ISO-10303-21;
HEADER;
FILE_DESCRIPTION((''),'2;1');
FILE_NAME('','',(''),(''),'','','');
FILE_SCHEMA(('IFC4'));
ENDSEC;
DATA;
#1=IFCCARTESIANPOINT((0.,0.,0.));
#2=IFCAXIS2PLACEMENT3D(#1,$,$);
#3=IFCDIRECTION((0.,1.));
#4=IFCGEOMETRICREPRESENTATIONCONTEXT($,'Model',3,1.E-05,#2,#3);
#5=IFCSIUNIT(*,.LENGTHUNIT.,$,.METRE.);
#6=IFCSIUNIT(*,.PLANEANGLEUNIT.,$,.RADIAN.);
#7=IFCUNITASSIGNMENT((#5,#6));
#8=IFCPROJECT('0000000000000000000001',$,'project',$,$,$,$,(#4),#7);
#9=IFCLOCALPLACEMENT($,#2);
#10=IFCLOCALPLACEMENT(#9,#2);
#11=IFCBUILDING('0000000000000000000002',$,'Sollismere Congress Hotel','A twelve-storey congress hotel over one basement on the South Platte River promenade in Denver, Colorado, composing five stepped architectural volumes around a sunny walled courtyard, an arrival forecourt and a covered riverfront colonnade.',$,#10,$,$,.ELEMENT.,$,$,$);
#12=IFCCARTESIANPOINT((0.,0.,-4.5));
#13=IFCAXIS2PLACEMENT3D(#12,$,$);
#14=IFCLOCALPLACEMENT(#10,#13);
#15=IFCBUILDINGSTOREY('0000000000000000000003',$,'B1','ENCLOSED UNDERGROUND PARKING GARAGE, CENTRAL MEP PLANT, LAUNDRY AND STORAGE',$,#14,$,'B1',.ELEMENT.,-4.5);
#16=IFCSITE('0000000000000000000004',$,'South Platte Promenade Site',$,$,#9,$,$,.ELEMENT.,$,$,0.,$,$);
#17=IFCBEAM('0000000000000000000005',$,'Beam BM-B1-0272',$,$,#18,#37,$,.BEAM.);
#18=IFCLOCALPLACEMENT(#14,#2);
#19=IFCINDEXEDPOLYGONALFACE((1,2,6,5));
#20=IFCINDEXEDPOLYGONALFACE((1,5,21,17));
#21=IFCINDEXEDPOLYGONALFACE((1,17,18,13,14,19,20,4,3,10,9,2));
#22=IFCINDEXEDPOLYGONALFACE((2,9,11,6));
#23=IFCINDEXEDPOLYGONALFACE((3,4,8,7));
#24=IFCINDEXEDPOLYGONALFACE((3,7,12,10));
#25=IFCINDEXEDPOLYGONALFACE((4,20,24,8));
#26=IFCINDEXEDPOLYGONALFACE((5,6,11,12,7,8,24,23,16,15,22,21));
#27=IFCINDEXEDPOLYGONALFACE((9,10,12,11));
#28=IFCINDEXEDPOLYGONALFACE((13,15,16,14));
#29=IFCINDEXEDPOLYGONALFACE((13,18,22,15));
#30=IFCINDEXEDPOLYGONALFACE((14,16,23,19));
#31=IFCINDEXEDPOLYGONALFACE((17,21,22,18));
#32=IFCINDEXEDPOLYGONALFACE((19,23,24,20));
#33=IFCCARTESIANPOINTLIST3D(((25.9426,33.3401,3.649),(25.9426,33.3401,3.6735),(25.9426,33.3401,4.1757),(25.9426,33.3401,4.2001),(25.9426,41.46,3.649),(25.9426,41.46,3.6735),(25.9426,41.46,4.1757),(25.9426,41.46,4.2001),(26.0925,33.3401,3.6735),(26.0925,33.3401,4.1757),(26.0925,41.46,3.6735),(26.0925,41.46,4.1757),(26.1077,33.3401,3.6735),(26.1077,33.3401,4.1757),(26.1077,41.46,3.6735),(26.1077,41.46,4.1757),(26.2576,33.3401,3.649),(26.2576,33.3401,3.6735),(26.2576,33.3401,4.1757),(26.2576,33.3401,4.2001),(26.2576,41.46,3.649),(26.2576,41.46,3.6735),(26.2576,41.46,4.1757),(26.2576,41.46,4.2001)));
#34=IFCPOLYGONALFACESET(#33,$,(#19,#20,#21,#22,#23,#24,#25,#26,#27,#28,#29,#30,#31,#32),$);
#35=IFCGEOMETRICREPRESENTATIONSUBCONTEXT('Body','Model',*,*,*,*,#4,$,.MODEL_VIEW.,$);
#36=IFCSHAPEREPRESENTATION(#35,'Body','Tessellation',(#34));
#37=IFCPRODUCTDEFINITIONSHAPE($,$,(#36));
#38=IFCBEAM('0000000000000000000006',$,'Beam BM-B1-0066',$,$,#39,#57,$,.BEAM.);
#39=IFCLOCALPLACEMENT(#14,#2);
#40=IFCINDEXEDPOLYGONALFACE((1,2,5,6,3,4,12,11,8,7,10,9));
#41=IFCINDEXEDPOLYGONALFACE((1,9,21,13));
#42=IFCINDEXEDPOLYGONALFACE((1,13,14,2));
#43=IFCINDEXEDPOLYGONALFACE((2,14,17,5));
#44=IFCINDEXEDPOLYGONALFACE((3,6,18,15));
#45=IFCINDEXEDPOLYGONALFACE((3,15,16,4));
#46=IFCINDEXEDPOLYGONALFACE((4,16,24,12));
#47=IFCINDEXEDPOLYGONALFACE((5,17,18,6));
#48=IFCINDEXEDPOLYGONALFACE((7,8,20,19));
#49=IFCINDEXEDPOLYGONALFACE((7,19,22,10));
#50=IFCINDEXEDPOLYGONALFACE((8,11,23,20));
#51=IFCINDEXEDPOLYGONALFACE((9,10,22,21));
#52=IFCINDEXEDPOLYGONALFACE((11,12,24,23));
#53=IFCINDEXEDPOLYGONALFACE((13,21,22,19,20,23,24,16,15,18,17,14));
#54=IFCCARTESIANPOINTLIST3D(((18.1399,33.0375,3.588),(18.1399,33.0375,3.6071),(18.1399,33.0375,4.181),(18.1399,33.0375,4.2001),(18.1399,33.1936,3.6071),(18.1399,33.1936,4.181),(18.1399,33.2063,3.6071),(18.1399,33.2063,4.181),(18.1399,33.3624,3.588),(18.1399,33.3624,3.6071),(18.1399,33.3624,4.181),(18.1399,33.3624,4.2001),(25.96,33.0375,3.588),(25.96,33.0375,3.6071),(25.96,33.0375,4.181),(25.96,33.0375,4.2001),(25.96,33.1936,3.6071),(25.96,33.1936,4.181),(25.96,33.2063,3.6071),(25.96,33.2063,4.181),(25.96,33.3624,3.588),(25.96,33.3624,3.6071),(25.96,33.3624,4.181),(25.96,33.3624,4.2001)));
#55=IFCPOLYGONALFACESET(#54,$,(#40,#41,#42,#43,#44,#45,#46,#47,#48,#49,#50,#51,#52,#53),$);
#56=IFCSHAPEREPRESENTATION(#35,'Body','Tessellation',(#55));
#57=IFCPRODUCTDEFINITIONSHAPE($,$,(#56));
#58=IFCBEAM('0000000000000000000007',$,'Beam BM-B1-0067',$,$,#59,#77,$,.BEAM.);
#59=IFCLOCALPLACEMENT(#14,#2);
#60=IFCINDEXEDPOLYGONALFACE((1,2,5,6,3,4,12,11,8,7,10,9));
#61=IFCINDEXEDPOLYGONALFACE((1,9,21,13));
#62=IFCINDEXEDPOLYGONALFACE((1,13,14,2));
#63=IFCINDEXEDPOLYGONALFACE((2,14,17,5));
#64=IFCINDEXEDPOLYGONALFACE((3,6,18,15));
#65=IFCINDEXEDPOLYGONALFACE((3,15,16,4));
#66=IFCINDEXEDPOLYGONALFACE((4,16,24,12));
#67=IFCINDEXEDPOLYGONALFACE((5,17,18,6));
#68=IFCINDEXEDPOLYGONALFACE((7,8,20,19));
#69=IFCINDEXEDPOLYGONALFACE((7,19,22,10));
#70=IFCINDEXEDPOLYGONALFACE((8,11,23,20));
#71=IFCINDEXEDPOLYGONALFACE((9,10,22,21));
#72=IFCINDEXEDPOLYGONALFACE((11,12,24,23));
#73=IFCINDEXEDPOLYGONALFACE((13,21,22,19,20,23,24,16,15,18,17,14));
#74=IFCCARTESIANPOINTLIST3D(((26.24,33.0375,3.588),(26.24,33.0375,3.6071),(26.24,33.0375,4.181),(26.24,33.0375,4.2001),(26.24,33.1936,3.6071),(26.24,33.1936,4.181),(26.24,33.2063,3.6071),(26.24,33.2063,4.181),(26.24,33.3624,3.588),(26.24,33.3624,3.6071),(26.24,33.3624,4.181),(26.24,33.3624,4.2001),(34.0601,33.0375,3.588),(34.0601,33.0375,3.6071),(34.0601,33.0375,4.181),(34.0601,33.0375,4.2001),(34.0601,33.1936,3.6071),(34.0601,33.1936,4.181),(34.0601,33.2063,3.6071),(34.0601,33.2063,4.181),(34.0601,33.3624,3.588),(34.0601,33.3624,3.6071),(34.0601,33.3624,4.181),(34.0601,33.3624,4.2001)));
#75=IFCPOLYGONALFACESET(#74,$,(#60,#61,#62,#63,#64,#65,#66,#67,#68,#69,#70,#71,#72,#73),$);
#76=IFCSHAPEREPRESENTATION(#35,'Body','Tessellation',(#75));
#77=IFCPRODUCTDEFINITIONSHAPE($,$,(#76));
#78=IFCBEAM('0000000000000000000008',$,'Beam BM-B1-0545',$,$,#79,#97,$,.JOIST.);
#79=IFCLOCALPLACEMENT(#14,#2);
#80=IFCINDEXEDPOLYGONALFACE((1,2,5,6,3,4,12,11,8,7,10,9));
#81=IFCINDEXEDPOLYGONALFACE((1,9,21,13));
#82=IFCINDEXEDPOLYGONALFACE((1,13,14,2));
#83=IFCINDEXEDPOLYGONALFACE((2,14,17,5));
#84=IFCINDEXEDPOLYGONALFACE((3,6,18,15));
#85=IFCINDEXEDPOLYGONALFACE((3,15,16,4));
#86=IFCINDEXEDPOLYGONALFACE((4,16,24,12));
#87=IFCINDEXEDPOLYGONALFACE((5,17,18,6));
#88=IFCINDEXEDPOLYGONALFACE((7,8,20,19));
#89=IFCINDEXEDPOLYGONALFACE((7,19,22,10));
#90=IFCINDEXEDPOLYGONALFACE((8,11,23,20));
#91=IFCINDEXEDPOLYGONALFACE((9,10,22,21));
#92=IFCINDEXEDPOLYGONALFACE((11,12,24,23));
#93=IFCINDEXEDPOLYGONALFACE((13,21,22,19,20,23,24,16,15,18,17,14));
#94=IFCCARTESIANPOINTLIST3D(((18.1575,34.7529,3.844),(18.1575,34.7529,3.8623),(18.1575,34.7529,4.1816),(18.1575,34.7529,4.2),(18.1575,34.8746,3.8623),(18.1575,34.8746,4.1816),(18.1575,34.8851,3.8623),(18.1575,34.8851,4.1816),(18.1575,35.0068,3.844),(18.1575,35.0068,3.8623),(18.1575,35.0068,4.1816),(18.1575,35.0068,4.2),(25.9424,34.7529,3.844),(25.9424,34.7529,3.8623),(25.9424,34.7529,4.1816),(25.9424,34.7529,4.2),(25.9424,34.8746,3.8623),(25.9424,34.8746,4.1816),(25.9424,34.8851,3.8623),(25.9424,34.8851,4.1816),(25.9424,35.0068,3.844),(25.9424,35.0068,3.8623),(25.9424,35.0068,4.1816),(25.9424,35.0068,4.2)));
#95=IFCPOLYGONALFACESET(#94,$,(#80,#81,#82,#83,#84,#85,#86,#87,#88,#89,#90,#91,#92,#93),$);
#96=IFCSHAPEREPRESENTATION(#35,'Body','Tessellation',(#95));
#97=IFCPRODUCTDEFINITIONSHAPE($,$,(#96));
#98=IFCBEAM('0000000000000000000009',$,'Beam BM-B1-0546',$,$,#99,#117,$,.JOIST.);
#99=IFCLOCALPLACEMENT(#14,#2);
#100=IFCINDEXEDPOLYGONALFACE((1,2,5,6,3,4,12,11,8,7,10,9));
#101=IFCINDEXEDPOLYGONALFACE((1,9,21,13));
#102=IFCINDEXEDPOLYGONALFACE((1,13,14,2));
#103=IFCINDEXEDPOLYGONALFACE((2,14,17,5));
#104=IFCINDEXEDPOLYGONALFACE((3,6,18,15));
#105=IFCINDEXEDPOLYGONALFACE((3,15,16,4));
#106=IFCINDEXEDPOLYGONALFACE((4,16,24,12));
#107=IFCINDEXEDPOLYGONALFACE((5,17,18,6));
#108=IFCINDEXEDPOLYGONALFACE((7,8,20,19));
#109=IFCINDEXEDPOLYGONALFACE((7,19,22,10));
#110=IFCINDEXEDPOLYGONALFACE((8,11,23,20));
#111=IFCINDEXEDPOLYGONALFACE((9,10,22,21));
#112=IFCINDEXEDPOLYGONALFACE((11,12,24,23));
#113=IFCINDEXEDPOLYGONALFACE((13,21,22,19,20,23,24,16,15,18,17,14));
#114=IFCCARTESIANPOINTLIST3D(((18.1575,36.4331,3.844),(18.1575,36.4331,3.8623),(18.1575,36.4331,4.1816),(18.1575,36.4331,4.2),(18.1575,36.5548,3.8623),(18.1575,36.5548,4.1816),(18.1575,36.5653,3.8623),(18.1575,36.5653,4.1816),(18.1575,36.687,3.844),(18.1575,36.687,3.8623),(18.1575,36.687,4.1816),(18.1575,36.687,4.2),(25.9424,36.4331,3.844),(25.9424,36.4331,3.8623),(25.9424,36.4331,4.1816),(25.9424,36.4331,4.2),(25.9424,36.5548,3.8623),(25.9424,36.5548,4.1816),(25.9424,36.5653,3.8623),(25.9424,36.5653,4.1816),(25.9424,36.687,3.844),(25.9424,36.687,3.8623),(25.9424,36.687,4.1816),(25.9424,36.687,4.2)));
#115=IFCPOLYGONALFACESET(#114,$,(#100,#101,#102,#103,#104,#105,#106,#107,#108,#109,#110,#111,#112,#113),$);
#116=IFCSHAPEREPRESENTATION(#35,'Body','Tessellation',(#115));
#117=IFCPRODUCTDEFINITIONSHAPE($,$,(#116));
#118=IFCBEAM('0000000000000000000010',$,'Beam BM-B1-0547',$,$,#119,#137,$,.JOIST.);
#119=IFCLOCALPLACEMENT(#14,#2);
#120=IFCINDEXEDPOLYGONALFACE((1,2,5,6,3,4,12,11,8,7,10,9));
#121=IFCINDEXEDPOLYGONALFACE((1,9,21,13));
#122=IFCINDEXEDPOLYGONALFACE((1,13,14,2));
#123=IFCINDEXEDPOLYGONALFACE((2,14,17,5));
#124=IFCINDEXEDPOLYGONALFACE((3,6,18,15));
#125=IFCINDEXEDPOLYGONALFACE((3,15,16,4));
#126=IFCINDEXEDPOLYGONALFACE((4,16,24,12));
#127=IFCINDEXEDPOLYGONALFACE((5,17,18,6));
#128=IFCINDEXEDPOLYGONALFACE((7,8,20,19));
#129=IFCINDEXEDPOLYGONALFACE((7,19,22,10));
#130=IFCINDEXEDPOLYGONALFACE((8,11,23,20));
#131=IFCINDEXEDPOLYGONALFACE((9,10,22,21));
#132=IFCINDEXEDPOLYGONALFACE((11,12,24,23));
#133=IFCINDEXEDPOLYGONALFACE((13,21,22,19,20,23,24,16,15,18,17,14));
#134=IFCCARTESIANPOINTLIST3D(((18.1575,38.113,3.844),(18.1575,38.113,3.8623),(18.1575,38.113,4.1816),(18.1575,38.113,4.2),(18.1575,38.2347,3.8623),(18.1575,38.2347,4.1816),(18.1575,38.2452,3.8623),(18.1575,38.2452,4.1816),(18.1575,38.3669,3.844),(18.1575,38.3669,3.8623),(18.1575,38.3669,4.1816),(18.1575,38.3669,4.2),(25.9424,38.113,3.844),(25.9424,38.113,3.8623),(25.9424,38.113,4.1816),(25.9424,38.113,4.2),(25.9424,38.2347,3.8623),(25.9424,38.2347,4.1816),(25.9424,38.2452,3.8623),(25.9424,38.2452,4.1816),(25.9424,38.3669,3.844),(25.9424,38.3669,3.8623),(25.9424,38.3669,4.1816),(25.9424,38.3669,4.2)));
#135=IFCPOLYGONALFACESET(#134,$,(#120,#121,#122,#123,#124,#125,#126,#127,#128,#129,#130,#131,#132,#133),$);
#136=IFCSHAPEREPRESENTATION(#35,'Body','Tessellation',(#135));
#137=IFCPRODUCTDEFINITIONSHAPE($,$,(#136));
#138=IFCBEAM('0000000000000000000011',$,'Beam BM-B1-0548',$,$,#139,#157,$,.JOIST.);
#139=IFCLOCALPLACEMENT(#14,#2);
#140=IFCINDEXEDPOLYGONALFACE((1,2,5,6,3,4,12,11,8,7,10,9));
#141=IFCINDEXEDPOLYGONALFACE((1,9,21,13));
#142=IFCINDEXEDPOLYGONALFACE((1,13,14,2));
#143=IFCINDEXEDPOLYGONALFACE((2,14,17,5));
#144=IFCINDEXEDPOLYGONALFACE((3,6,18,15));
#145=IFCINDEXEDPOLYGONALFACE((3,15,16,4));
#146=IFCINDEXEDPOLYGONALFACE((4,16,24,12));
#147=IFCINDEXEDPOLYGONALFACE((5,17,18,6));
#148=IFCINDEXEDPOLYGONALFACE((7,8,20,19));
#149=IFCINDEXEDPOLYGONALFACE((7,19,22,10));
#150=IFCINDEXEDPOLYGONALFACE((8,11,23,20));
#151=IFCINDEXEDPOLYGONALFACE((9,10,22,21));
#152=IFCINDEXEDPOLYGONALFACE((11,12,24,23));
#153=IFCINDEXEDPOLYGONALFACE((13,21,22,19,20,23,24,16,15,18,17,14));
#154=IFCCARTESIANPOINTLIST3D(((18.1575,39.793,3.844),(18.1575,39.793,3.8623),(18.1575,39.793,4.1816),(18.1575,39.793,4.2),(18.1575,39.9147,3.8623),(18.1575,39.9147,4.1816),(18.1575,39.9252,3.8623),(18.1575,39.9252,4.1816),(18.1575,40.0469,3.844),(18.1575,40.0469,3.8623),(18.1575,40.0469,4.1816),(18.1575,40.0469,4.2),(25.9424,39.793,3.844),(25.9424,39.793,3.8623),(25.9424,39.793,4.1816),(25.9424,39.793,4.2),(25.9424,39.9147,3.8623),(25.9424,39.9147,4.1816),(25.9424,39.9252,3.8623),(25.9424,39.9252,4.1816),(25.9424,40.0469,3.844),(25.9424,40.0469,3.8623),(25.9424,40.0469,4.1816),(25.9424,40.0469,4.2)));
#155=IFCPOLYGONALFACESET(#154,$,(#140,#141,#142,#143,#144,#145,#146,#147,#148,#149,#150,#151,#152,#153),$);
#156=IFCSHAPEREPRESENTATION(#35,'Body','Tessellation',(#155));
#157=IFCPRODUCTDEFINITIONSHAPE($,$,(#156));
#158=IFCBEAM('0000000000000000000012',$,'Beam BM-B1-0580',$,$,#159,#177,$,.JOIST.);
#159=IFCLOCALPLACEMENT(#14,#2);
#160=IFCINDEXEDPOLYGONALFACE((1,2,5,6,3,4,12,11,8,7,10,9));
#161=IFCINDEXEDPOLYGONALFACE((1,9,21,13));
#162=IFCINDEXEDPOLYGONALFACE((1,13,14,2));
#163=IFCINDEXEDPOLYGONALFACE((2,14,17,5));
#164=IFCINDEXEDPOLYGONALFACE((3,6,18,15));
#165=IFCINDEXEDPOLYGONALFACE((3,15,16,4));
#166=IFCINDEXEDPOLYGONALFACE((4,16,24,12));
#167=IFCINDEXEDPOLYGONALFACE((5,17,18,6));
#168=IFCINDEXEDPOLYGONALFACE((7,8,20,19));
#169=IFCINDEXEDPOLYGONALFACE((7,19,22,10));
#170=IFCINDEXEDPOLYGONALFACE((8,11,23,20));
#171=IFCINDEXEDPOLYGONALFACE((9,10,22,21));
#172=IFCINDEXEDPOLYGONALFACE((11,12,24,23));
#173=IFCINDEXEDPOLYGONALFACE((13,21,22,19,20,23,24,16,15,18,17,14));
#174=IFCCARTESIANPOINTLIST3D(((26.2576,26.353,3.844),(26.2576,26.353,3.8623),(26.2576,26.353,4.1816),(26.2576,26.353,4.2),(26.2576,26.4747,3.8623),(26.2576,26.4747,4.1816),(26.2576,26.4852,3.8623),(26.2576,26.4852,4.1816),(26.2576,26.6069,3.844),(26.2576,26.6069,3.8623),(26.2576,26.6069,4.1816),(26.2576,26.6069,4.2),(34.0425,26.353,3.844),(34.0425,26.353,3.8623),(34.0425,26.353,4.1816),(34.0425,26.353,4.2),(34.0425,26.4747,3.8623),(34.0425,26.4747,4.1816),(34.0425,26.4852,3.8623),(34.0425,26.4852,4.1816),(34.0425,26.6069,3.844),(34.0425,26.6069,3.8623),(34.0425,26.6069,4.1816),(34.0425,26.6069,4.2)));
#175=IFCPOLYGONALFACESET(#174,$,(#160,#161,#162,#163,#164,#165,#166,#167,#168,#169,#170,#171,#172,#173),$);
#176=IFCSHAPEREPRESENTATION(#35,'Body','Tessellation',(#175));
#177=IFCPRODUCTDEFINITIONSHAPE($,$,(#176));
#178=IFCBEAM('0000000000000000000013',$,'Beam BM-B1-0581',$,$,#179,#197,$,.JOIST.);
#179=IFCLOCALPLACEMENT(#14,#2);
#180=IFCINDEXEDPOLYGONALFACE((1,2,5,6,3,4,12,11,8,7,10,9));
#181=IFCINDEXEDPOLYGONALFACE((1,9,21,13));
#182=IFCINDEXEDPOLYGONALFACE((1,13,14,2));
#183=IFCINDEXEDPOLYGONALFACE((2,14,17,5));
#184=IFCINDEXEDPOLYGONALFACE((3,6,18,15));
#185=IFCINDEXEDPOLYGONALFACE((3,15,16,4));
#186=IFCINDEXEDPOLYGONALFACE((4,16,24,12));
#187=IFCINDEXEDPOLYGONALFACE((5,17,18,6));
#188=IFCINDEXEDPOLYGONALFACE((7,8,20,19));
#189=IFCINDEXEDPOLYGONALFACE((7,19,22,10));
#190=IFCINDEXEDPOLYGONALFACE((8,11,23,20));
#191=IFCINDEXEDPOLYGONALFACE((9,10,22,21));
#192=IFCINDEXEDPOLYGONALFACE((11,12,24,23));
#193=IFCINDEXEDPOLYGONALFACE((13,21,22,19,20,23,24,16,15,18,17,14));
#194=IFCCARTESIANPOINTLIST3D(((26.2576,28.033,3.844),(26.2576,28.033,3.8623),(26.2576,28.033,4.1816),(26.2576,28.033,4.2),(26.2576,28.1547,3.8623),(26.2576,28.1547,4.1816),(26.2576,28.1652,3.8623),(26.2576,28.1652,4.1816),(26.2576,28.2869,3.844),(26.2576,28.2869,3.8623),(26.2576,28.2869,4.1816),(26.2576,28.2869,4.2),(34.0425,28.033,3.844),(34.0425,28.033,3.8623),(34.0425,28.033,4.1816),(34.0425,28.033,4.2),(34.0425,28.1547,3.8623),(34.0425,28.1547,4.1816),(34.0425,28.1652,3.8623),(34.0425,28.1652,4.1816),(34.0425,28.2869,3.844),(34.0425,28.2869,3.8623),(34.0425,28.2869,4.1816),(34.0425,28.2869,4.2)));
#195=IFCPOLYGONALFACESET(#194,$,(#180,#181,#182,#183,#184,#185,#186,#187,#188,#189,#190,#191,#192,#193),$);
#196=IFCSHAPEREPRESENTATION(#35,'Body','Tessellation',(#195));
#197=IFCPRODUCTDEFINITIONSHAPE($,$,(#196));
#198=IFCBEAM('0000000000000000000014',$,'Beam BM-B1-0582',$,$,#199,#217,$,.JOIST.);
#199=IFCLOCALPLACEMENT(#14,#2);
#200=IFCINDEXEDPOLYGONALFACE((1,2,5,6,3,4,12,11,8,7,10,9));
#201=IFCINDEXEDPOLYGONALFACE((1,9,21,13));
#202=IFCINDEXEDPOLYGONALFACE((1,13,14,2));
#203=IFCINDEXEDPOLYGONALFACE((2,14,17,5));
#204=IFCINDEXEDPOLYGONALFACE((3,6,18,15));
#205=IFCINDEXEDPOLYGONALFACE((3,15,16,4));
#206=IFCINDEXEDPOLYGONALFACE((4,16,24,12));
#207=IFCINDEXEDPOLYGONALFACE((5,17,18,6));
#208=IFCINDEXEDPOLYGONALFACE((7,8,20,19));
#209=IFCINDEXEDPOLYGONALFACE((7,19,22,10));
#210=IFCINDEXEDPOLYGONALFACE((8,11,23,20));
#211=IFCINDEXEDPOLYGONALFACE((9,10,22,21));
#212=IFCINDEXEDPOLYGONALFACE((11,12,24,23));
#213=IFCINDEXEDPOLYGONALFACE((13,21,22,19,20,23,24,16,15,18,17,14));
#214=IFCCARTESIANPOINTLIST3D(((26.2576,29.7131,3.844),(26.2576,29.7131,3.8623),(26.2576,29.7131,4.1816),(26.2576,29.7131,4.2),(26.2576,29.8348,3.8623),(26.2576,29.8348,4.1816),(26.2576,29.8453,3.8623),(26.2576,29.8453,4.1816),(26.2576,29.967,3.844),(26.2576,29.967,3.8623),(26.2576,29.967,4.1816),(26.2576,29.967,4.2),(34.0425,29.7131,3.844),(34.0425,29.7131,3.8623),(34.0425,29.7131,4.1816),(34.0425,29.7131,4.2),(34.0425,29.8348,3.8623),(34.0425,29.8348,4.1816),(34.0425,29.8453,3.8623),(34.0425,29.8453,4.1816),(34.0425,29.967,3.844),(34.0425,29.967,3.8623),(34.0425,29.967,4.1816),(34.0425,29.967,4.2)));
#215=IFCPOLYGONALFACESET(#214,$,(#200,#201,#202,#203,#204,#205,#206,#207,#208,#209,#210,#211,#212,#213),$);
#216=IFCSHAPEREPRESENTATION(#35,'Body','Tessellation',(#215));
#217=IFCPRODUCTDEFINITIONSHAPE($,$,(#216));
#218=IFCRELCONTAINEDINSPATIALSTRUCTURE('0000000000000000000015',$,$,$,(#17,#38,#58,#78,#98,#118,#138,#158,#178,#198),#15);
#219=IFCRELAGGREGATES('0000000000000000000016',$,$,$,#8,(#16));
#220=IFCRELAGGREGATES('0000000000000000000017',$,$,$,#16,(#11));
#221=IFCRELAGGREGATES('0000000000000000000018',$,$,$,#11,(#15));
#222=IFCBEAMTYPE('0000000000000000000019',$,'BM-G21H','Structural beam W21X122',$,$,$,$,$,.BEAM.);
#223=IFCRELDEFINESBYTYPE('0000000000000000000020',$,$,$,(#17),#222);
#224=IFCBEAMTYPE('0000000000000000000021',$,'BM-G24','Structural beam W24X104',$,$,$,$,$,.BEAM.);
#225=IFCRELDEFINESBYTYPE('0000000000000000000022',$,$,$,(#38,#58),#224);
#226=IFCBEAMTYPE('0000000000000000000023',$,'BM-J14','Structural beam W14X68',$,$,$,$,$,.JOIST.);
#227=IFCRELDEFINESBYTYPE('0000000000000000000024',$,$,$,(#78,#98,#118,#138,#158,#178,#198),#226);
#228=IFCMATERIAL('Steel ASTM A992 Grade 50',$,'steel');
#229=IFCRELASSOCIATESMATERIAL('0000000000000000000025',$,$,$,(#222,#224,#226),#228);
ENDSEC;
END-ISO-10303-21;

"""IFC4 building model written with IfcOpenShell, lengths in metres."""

from ifc_helpers import new_model, si_unit, direction, frame, origin, origin_2d, place, context, subcontext, project, spatial, i_section, extrude, material, material_profile, profile_set, type_object, element, save


model = new_model("IFC4")

# Units and contexts
model_context = context("Model", 3, precision=1e-05, world=origin(), true_north=direction((0.0, 1.0)))
body_context = subcontext(model_context, "Body", "Model", "MODEL_VIEW")
ifc_project = project(units=[si_unit("LENGTHUNIT", "METRE"), si_unit("PLANEANGLEUNIT", "RADIAN")], contexts=[model_context])

# Site, building, storey
site_placement = place(None, origin())
site = spatial("IfcSite", under=ifc_project, at=site_placement, Name="South Platte Promenade Site", CompositionType="ELEMENT", RefElevation=0.0)
building_placement = place(site_placement, origin())
building = spatial("IfcBuilding", under=site, at=building_placement, Name="Sollismere Congress Hotel", Description="A twelve-storey congress hotel over one basement on the South Platte River promenade in Denver, Colorado, composing five stepped architectural volumes around a sunny walled courtyard, an arrival forecourt and a covered riverfront colonnade.", CompositionType="ELEMENT")
storey_placement = place(building_placement, frame((0.0, 0.0, -4.5)))
storey = spatial("IfcBuildingStorey", under=building, at=storey_placement, Name="B1", Description="ENCLOSED UNDERGROUND PARKING GARAGE, CENTRAL MEP PLANT, LAUNDRY AND STORAGE", LongName="B1", CompositionType="ELEMENT", Elevation=-4.5)

# Beams
ifc_material_1 = material(Name="Steel ASTM A992 Grade 50", Category="steel")
ifc_material_profile_1 = material_profile(ifc_material_1, i_section(OverallWidth=0.3149, OverallDepth=0.551, WebThickness=0.0151, FlangeThickness=0.0244, at=origin_2d()), Name="W21X122")
ifc_profile_set_1 = profile_set([ifc_material_profile_1], Name="Steel ASTM A992 Grade 50")
beam_type_1 = type_object("IfcBeamType", Name="BM-G21H", Description="Structural beam W21X122", PredefinedType="BEAM", material=ifc_profile_set_1)
beam_1_placement = place(storey_placement, frame((26.1001, 33.3401, 3.9246), z_axis=(0.0, 1.0, 0.0), x_axis=(-1.0, 0.0, 0.0)))
element("IfcBeam", 1, at=beam_1_placement, inside=storey, type_object=beam_type_1, Name="Beam BM-B1-0272", PredefinedType="BEAM", context=body_context, shape_type="SweptSolid", body=[
    extrude(i_section(OverallWidth=0.3149, OverallDepth=0.551, WebThickness=0.0151, FlangeThickness=0.0244, at=origin_2d()), origin(), (0.0, 0.0, 1.0), 8.1199),
])
ifc_material_profile_2 = material_profile(ifc_material_1, i_section(OverallWidth=0.325, OverallDepth=0.6121, WebThickness=0.0127, FlangeThickness=0.019, at=origin_2d()), Name="W24X104")
ifc_profile_set_2 = profile_set([ifc_material_profile_2], Name="Steel ASTM A992 Grade 50")
beam_type_2 = type_object("IfcBeamType", Name="BM-G24", Description="Structural beam W24X104", PredefinedType="BEAM", material=ifc_profile_set_2)
for number, where, z_axis, x_axis, name in (
    (2, (18.1399, 33.2, 3.894), (1.0, 0.0, 0.0), (0.0, 1.0, 0.0), "Beam BM-B1-0066"),
    (3, (26.24, 33.2, 3.894), (1.0, 0.0, 0.0), (0.0, 1.0, 0.0), "Beam BM-B1-0067"),
):
    element("IfcBeam", number, at=place(storey_placement, frame(where, z_axis=z_axis, x_axis=x_axis)), inside=storey, type_object=beam_type_2, Name=name, PredefinedType="BEAM", context=body_context, shape_type="SweptSolid", body=[
        extrude(i_section(OverallWidth=0.325, OverallDepth=0.6121, WebThickness=0.0127, FlangeThickness=0.019, at=origin_2d()), origin(), (0.0, 0.0, 1.0), 7.8201),
    ])
ifc_material_profile_3 = material_profile(ifc_material_1, i_section(OverallWidth=0.2539, OverallDepth=0.356, WebThickness=0.0105, FlangeThickness=0.0183, at=origin_2d()), Name="W14X68")
ifc_profile_set_3 = profile_set([ifc_material_profile_3], Name="Steel ASTM A992 Grade 50")
beam_type_3 = type_object("IfcBeamType", Name="BM-J14", Description="Structural beam W14X68", PredefinedType="JOIST", material=ifc_profile_set_3)
for number, where, z_axis, x_axis, name in (
    (4, (18.1575, 34.8799, 4.022), (1.0, 0.0, 0.0), (0.0, 1.0, 0.0), "Beam BM-B1-0545"),
    (5, (18.1575, 36.5601, 4.022), (1.0, 0.0, 0.0), (0.0, 1.0, 0.0), "Beam BM-B1-0546"),
    (6, (18.1575, 38.24, 4.022), (1.0, 0.0, 0.0), (0.0, 1.0, 0.0), "Beam BM-B1-0547"),
    (7, (18.1575, 39.9199, 4.022), (1.0, 0.0, 0.0), (0.0, 1.0, 0.0), "Beam BM-B1-0548"),
    (8, (26.2576, 26.48, 4.022), (1.0, 0.0, 0.0), (0.0, 1.0, 0.0), "Beam BM-B1-0580"),
    (9, (26.2576, 28.1599, 4.022), (1.0, 0.0, 0.0), (0.0, 1.0, 0.0), "Beam BM-B1-0581"),
    (10, (26.2576, 29.8401, 4.022), (1.0, 0.0, 0.0), (0.0, 1.0, 0.0), "Beam BM-B1-0582"),
):
    element("IfcBeam", number, at=place(storey_placement, frame(where, z_axis=z_axis, x_axis=x_axis)), inside=storey, type_object=beam_type_3, Name=name, PredefinedType="JOIST", context=body_context, shape_type="SweptSolid", body=[
        extrude(i_section(OverallWidth=0.2539, OverallDepth=0.356, WebThickness=0.0105, FlangeThickness=0.0183, at=origin_2d()), origin(), (0.0, 0.0, 1.0), 7.7849),
    ])

save(model, "model.ifc")
